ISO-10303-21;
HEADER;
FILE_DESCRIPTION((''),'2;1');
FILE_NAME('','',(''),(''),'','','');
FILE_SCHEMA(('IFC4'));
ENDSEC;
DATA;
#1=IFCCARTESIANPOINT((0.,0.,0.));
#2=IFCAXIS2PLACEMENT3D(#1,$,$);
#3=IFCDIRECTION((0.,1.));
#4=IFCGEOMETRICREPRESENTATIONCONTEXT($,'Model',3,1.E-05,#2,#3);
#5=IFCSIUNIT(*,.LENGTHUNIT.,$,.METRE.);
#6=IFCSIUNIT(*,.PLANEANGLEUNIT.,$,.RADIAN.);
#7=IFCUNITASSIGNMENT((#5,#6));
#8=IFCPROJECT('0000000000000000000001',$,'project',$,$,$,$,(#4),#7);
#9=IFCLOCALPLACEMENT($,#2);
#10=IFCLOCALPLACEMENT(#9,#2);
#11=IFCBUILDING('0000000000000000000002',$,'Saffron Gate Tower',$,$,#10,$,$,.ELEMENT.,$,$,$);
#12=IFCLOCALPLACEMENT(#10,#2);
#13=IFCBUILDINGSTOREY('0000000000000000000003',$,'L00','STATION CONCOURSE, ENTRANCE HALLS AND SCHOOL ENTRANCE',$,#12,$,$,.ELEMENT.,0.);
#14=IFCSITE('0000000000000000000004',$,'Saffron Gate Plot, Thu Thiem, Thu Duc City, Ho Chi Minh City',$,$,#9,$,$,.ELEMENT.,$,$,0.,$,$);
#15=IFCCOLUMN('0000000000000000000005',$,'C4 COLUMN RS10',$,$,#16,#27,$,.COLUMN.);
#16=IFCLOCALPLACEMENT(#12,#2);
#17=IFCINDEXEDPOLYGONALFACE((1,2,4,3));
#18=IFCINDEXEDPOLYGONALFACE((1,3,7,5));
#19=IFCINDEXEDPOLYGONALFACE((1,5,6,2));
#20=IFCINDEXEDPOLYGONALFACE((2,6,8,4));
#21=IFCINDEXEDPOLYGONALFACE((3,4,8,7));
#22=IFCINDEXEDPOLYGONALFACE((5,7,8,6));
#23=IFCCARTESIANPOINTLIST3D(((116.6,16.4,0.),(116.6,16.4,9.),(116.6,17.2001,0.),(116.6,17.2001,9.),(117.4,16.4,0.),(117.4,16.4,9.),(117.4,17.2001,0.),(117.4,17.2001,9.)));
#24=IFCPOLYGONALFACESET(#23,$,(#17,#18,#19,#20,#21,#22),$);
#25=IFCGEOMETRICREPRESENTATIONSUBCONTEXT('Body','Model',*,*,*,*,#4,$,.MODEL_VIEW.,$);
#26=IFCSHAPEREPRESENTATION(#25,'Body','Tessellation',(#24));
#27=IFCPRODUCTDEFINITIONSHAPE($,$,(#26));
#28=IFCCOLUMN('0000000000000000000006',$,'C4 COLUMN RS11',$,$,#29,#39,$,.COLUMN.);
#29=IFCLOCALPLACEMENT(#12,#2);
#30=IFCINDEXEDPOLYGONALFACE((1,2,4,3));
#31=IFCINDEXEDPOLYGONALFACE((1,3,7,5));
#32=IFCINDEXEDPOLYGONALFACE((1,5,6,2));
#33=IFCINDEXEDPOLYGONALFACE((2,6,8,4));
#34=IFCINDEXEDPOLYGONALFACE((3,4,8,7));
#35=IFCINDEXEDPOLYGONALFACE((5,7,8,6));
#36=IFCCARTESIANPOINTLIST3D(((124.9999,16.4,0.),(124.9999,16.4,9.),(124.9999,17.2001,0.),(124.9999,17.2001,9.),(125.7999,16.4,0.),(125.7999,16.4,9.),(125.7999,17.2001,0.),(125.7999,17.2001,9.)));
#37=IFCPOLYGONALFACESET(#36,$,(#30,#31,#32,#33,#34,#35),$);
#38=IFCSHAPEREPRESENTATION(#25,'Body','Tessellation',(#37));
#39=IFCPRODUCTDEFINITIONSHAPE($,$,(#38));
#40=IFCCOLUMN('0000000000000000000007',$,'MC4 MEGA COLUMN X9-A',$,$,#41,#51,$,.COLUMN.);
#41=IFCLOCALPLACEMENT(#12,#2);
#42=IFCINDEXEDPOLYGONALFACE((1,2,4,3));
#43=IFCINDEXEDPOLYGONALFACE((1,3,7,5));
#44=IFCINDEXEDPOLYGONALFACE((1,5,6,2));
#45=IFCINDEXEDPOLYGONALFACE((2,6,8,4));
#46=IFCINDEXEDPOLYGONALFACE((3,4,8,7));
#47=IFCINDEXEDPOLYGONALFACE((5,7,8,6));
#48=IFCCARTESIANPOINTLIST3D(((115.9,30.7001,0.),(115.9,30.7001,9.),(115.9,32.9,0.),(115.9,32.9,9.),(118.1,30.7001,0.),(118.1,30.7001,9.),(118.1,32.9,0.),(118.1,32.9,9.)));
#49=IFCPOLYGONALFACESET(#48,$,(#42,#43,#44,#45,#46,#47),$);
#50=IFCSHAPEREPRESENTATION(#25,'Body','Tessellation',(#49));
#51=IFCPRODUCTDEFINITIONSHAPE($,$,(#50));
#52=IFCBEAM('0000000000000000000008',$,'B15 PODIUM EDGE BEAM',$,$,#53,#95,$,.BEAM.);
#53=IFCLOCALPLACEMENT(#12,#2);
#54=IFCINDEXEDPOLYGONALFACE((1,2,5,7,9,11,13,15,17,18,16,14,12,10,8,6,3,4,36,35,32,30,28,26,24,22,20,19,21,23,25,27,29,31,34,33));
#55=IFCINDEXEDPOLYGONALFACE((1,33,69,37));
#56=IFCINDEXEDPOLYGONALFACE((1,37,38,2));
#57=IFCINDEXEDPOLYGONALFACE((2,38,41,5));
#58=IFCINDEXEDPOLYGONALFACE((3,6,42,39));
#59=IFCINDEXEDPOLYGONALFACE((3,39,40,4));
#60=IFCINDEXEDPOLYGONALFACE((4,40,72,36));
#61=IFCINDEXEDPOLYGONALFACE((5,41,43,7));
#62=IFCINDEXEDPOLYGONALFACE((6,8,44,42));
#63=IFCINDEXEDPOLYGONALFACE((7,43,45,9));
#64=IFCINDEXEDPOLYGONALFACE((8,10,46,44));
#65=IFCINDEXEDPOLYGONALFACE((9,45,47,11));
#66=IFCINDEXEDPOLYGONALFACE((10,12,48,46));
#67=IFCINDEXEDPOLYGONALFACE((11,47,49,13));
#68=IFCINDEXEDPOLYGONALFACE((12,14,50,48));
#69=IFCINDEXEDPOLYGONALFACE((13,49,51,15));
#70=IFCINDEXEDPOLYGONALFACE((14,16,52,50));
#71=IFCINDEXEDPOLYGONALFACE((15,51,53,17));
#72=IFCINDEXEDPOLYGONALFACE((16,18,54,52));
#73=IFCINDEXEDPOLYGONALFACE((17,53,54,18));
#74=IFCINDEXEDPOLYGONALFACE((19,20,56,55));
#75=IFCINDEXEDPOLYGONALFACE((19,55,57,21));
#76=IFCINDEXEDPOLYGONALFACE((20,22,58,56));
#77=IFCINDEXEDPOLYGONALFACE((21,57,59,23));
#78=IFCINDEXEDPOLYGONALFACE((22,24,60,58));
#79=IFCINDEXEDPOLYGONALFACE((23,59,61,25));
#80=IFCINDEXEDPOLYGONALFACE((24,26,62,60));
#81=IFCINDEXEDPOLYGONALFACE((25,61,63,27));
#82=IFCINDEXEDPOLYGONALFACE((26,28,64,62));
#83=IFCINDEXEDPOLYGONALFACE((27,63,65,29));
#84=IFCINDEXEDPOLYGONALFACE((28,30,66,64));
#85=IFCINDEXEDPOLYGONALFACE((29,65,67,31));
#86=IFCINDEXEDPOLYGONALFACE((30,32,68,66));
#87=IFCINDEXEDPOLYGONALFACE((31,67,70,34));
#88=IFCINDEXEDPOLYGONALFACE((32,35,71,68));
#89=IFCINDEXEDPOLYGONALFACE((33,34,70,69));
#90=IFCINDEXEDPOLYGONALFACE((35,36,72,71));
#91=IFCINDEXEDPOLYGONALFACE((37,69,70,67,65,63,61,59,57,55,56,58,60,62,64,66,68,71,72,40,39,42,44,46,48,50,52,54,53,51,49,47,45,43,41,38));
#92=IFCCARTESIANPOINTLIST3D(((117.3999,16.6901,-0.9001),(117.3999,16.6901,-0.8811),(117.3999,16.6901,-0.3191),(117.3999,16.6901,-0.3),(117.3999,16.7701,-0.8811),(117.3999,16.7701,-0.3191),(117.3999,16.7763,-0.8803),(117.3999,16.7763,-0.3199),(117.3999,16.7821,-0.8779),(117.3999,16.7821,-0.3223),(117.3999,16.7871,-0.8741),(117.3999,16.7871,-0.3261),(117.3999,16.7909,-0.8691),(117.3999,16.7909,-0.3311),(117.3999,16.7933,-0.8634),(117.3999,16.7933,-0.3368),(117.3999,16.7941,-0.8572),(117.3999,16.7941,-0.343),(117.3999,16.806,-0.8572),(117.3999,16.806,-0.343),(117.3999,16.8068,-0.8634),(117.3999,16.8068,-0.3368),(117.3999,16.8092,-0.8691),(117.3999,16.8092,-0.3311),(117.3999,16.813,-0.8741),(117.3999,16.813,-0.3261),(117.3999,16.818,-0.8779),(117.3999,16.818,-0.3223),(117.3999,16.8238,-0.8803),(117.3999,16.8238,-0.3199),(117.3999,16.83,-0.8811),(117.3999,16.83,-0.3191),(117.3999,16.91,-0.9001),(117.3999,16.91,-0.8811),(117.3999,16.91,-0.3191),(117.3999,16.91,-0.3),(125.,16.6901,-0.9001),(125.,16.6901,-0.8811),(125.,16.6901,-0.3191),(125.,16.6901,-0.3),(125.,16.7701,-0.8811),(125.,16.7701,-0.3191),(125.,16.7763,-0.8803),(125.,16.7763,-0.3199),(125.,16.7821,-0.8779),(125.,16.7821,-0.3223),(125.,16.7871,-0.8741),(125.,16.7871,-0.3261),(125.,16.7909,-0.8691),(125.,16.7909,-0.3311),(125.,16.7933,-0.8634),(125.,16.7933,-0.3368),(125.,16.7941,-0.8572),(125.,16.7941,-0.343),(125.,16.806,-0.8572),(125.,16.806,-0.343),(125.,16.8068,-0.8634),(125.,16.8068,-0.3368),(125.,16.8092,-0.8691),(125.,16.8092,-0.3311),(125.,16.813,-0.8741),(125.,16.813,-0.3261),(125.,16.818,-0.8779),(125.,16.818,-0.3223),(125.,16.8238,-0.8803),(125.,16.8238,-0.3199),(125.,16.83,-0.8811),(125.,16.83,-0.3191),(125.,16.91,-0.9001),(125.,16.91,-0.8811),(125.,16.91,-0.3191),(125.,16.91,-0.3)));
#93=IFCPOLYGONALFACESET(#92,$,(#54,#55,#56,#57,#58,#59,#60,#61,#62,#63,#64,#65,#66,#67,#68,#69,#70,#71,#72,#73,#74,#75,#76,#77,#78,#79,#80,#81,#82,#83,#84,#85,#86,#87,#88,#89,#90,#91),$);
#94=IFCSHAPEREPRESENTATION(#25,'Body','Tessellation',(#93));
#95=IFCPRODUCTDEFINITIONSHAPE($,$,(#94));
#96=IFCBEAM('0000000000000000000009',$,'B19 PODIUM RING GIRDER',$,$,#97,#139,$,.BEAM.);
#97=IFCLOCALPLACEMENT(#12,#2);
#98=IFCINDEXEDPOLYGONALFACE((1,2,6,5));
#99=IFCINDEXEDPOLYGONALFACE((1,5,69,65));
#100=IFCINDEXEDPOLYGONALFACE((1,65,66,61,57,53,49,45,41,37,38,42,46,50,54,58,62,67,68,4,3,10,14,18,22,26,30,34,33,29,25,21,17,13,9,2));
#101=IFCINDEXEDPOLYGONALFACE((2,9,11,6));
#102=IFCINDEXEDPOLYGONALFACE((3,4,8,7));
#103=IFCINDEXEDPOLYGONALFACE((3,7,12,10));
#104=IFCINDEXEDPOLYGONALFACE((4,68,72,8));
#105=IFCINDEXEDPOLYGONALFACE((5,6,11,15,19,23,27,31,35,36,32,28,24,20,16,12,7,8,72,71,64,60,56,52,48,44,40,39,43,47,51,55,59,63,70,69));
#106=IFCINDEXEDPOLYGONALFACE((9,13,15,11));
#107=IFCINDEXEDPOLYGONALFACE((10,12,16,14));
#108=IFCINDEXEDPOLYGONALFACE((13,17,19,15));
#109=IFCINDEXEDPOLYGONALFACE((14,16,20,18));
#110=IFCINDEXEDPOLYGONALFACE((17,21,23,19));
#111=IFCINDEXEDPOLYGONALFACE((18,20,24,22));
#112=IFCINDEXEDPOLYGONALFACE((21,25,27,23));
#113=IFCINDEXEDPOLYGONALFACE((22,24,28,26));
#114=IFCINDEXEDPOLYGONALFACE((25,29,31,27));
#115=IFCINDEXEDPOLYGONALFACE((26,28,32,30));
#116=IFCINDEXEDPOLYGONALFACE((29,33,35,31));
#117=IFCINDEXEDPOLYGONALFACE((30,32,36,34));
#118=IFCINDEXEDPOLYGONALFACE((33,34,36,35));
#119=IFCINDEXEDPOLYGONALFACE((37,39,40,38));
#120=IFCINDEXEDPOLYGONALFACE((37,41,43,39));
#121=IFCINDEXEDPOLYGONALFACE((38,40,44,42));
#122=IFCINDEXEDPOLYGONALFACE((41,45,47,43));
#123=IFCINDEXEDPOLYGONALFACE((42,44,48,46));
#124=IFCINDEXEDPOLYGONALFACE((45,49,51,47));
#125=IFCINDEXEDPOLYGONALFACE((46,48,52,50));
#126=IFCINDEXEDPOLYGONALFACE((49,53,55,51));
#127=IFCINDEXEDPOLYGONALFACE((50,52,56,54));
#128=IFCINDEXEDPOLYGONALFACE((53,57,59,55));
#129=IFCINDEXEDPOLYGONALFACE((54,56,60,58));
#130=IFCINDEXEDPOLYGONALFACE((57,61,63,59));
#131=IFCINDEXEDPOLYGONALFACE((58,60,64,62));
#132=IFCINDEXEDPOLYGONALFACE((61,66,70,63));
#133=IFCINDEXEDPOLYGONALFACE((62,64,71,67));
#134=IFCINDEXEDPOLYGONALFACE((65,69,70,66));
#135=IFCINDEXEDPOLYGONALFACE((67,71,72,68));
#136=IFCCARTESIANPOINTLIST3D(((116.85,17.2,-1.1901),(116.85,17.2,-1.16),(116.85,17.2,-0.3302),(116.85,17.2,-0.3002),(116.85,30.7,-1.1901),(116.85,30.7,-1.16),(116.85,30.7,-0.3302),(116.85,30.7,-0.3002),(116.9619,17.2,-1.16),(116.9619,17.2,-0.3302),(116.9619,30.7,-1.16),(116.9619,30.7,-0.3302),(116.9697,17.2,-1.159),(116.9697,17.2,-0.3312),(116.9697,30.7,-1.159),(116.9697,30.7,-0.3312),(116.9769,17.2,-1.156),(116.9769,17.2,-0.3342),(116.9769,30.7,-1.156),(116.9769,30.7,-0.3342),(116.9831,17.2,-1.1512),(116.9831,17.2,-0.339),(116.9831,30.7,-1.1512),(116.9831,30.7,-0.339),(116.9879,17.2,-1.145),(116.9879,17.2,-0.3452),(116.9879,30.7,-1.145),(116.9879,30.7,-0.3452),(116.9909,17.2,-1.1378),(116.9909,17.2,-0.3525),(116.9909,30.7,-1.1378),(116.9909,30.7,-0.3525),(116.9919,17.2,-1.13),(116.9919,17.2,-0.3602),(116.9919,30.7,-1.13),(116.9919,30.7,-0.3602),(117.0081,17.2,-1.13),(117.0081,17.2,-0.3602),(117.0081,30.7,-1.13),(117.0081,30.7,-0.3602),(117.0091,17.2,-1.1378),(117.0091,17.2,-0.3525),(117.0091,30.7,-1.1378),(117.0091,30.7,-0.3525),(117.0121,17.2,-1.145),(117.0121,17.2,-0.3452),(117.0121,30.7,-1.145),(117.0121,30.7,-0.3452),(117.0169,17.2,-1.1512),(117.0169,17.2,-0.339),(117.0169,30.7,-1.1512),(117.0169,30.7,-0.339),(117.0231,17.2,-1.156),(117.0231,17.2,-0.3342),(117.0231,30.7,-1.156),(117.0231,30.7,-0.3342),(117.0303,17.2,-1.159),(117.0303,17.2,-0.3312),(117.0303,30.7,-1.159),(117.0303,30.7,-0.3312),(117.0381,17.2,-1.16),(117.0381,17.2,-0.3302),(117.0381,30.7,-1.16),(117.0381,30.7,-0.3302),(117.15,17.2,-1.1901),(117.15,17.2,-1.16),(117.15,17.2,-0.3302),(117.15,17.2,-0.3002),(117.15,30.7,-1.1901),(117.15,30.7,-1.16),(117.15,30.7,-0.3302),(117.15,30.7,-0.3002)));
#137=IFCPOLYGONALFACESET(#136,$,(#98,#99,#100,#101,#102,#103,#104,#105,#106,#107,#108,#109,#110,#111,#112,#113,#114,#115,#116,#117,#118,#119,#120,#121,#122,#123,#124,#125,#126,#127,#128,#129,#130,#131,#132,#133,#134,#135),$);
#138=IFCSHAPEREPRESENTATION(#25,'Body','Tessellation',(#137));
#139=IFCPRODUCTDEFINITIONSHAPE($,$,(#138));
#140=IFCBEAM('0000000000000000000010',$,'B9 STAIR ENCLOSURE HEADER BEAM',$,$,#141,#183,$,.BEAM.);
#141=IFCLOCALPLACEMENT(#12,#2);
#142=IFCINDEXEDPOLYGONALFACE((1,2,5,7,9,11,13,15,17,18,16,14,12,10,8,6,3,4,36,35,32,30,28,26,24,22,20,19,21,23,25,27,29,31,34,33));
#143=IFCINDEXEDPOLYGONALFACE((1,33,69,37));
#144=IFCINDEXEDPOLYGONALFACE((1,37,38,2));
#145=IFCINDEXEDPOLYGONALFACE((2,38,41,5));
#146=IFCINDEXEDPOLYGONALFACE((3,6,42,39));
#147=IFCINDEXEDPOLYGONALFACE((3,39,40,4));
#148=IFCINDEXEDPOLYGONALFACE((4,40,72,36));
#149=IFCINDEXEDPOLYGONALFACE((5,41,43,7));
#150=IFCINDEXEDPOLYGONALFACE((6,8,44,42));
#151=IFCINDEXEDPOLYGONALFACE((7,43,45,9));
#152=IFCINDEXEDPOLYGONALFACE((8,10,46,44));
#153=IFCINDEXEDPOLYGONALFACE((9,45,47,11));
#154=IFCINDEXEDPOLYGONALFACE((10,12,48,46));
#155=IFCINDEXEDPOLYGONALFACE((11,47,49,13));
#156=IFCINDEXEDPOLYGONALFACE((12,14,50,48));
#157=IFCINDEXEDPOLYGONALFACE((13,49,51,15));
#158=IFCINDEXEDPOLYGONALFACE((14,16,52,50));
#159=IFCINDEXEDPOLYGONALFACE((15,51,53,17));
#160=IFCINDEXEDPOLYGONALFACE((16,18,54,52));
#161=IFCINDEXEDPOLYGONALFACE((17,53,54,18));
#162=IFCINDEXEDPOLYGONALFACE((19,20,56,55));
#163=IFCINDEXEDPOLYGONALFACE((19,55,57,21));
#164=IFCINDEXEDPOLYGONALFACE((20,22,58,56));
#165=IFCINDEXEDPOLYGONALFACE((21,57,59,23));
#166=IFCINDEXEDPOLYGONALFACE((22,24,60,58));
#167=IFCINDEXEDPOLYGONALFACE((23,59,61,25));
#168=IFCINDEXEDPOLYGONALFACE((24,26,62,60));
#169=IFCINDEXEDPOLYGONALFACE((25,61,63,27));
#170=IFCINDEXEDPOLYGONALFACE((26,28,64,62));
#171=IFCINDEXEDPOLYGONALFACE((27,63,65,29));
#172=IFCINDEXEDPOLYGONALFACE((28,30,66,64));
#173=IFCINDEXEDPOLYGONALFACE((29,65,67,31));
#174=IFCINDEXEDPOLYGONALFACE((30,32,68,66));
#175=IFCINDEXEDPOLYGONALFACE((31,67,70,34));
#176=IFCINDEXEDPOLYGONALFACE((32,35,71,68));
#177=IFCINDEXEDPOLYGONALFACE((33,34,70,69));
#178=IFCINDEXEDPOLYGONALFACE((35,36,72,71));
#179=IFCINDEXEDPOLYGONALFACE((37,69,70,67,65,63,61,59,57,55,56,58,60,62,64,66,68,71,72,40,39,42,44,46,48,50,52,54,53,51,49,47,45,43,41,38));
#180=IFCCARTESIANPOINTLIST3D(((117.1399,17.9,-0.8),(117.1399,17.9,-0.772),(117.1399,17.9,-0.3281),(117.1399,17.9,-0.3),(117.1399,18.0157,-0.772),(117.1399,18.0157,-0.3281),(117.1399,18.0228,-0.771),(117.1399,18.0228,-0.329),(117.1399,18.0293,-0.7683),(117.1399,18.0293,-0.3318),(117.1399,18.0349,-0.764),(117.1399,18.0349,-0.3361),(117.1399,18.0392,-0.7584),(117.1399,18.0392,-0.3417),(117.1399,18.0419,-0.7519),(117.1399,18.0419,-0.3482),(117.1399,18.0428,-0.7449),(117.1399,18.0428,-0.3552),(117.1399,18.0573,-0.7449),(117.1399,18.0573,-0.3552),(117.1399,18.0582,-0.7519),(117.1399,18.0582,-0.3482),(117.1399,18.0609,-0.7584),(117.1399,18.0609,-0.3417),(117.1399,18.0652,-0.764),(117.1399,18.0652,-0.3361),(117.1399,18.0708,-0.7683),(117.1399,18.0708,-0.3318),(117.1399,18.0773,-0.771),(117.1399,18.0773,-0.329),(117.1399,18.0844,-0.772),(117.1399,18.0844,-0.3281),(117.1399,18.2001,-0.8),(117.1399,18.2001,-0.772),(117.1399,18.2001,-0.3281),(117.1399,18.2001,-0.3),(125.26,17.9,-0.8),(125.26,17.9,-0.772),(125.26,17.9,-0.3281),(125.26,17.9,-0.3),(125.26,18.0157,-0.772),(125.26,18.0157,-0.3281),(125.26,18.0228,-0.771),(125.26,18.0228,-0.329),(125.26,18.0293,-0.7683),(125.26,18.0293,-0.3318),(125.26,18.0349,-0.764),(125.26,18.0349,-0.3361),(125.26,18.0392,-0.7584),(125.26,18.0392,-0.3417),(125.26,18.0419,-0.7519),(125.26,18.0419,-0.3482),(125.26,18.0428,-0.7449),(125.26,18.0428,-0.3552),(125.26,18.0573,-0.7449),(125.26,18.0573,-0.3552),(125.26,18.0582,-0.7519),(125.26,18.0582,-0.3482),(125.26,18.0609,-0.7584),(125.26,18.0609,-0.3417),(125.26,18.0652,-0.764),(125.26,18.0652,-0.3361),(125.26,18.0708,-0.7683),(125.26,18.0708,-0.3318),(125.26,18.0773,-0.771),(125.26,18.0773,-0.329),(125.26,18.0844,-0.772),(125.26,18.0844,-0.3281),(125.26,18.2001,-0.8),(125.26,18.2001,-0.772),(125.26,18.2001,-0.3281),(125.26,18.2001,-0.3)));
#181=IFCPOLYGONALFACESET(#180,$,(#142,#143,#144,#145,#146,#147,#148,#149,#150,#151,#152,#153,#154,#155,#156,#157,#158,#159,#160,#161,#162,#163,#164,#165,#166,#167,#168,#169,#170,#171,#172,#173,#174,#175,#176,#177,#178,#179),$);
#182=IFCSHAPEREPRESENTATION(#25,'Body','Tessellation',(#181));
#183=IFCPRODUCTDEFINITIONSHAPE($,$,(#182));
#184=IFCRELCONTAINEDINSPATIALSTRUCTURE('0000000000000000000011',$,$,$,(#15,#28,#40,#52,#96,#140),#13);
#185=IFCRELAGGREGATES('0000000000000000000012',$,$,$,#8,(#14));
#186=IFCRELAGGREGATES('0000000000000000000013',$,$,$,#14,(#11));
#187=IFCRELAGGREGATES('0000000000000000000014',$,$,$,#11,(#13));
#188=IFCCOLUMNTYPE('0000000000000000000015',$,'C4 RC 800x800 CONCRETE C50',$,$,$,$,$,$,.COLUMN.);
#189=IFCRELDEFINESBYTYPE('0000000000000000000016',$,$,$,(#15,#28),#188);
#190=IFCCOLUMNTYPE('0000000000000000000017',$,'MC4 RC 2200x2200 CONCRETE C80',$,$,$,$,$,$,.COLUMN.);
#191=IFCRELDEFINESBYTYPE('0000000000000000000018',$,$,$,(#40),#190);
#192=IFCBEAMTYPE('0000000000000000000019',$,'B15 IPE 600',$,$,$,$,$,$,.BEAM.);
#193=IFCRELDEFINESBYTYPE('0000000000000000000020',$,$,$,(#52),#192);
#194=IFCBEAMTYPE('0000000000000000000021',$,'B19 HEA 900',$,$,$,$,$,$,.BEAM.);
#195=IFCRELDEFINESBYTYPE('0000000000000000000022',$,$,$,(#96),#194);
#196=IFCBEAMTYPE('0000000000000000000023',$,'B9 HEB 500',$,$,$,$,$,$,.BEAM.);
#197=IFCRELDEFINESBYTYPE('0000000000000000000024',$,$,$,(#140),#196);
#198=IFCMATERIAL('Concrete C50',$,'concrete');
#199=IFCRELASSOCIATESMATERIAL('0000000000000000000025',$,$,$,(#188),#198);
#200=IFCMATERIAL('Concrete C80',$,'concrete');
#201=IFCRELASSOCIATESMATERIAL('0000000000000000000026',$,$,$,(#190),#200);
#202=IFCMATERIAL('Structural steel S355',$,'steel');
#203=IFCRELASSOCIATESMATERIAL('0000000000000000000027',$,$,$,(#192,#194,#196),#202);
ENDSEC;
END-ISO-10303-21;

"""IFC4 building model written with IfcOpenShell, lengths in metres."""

from ifc_helpers import new_model, si_unit, direction, frame, origin, origin_2d, place, context, subcontext, project, spatial, rectangle, i_section, extrude, material, material_profile, profile_set, type_object, element, save


model = new_model("IFC4")

# Units and contexts
model_context = context("Model", 3, precision=1e-05, world=origin(), true_north=direction((0.0, 1.0)))
body_context = subcontext(model_context, "Body", "Model", "MODEL_VIEW")
ifc_project = project(units=[si_unit("LENGTHUNIT", "METRE"), si_unit("PLANEANGLEUNIT", "RADIAN")], contexts=[model_context])

# Site, building, storey
site_placement = place(None, origin())
site = spatial("IfcSite", under=ifc_project, at=site_placement, Name="Saffron Gate Plot, Thu Thiem, Thu Duc City, Ho Chi Minh City", CompositionType="ELEMENT", RefElevation=0.0)
building_placement = place(site_placement, origin())
building = spatial("IfcBuilding", under=site, at=building_placement, Name="Saffron Gate Tower", CompositionType="ELEMENT")
storey_placement = place(building_placement, origin())
storey = spatial("IfcBuildingStorey", under=building, at=storey_placement, Name="L00", Description="STATION CONCOURSE, ENTRANCE HALLS AND SCHOOL ENTRANCE", CompositionType="ELEMENT", Elevation=0.0)

# Columns
ifc_material_1 = material(Name="Concrete C50", Category="concrete")
ifc_material_profile_1 = material_profile(ifc_material_1, rectangle(XDim=0.8, YDim=0.8, at=origin_2d()))
ifc_profile_set_1 = profile_set([ifc_material_profile_1], Name="Concrete C50")
column_type_1 = type_object("IfcColumnType", Name="C4 RC 800x800 CONCRETE C50", PredefinedType="COLUMN", material=ifc_profile_set_1)
for number, where, z_axis, x_axis, name in (
    (1, (117.0, 16.8, 0.0), (0.0, 0.0, 1.0), (1.0, 0.0, 0.0), "C4 COLUMN RS10"),
    (2, (125.3999, 16.8, 0.0), (0.0, 0.0, 1.0), (1.0, 0.0, 0.0), "C4 COLUMN RS11"),
):
    element("IfcColumn", number, at=place(storey_placement, frame(where, z_axis=z_axis, x_axis=x_axis)), inside=storey, type_object=column_type_1, Name=name, PredefinedType="COLUMN", context=body_context, shape_type="SweptSolid", body=[
        extrude(rectangle(XDim=0.8, YDim=0.8, at=origin_2d()), origin(), (0.0, 0.0, 1.0), 9.0),
    ])
ifc_material_2 = material(Name="Concrete C80", Category="concrete")
ifc_material_profile_2 = material_profile(ifc_material_2, rectangle(XDim=2.2, YDim=2.2, at=origin_2d()))
ifc_profile_set_2 = profile_set([ifc_material_profile_2], Name="Concrete C80")
column_type_2 = type_object("IfcColumnType", Name="MC4 RC 2200x2200 CONCRETE C80", PredefinedType="COLUMN", material=ifc_profile_set_2)
column_placement = place(storey_placement, frame((117.0, 31.8, 0.0), z_axis=(0.0, 0.0, 1.0), x_axis=(1.0, 0.0, 0.0)))
element("IfcColumn", 3, at=column_placement, inside=storey, type_object=column_type_2, Name="MC4 MEGA COLUMN X9-A", PredefinedType="COLUMN", context=body_context, shape_type="SweptSolid", body=[
    extrude(rectangle(XDim=2.2, YDim=2.2, at=origin_2d()), origin(), (0.0, 0.0, 1.0), 9.0),
])

# Beams
ifc_material_3 = material(Name="Structural steel S355", Category="steel")
ifc_material_profile_3 = material_profile(ifc_material_3, i_section(OverallWidth=0.22, OverallDepth=0.6001, WebThickness=0.012, FlangeThickness=0.019, FilletRadius=0.0239, at=origin_2d()))
ifc_profile_set_3 = profile_set([ifc_material_profile_3], Name="Structural steel S355")
beam_type_1 = type_object("IfcBeamType", Name="B15 IPE 600", PredefinedType="BEAM", material=ifc_profile_set_3)
beam_1_placement = place(storey_placement, frame((117.3999, 16.8, -0.6001), z_axis=(1.0, 0.0, 0.0), x_axis=(0.0, 1.0, 0.0)))
element("IfcBeam", 4, at=beam_1_placement, inside=storey, type_object=beam_type_1, Name="B15 PODIUM EDGE BEAM", PredefinedType="BEAM", context=body_context, shape_type="SweptSolid", body=[
    extrude(i_section(OverallWidth=0.22, OverallDepth=0.6001, WebThickness=0.012, FlangeThickness=0.019, FilletRadius=0.0239, at=origin_2d()), origin(), (0.0, 0.0, 1.0), 7.6001),
])
ifc_material_profile_4 = material_profile(ifc_material_3, i_section(OverallWidth=0.3, OverallDepth=0.8899, WebThickness=0.0161, FlangeThickness=0.03, FilletRadius=0.03, at=origin_2d()))
ifc_profile_set_4 = profile_set([ifc_material_profile_4], Name="Structural steel S355")
beam_type_2 = type_object("IfcBeamType", Name="B19 HEA 900", PredefinedType="BEAM", material=ifc_profile_set_4)
beam_2_placement = place(storey_placement, frame((117.0, 17.2, -0.7451), z_axis=(0.0, 1.0, 0.0), x_axis=(-1.0, 0.0, 0.0)))
element("IfcBeam", 5, at=beam_2_placement, inside=storey, type_object=beam_type_2, Name="B19 PODIUM RING GIRDER", PredefinedType="BEAM", context=body_context, shape_type="SweptSolid", body=[
    extrude(i_section(OverallWidth=0.3, OverallDepth=0.8899, WebThickness=0.0161, FlangeThickness=0.03, FilletRadius=0.03, at=origin_2d()), origin(), (0.0, 0.0, 1.0), 13.5),
])
ifc_material_profile_5 = material_profile(ifc_material_3, i_section(OverallWidth=0.3, OverallDepth=0.5, WebThickness=0.0144, FlangeThickness=0.0281, FilletRadius=0.0271, at=origin_2d()))
ifc_profile_set_5 = profile_set([ifc_material_profile_5], Name="Structural steel S355")
beam_type_3 = type_object("IfcBeamType", Name="B9 HEB 500", PredefinedType="BEAM", material=ifc_profile_set_5)
for number, where, z_axis, x_axis, name in (
    (6, (117.1399, 18.05, -0.55), (1.0, 0.0, 0.0), (0.0, 1.0, 0.0), "B9 STAIR ENCLOSURE HEADER BEAM"),
):
    element("IfcBeam", number, at=place(storey_placement, frame(where, z_axis=z_axis, x_axis=x_axis)), inside=storey, type_object=beam_type_3, Name=name, PredefinedType="BEAM", context=body_context, shape_type="SweptSolid", body=[
        extrude(i_section(OverallWidth=0.3, OverallDepth=0.5, WebThickness=0.0144, FlangeThickness=0.0281, FilletRadius=0.0271, at=origin_2d()), origin(), (0.0, 0.0, 1.0), 8.1201),
    ])

save(model, "model.ifc")
